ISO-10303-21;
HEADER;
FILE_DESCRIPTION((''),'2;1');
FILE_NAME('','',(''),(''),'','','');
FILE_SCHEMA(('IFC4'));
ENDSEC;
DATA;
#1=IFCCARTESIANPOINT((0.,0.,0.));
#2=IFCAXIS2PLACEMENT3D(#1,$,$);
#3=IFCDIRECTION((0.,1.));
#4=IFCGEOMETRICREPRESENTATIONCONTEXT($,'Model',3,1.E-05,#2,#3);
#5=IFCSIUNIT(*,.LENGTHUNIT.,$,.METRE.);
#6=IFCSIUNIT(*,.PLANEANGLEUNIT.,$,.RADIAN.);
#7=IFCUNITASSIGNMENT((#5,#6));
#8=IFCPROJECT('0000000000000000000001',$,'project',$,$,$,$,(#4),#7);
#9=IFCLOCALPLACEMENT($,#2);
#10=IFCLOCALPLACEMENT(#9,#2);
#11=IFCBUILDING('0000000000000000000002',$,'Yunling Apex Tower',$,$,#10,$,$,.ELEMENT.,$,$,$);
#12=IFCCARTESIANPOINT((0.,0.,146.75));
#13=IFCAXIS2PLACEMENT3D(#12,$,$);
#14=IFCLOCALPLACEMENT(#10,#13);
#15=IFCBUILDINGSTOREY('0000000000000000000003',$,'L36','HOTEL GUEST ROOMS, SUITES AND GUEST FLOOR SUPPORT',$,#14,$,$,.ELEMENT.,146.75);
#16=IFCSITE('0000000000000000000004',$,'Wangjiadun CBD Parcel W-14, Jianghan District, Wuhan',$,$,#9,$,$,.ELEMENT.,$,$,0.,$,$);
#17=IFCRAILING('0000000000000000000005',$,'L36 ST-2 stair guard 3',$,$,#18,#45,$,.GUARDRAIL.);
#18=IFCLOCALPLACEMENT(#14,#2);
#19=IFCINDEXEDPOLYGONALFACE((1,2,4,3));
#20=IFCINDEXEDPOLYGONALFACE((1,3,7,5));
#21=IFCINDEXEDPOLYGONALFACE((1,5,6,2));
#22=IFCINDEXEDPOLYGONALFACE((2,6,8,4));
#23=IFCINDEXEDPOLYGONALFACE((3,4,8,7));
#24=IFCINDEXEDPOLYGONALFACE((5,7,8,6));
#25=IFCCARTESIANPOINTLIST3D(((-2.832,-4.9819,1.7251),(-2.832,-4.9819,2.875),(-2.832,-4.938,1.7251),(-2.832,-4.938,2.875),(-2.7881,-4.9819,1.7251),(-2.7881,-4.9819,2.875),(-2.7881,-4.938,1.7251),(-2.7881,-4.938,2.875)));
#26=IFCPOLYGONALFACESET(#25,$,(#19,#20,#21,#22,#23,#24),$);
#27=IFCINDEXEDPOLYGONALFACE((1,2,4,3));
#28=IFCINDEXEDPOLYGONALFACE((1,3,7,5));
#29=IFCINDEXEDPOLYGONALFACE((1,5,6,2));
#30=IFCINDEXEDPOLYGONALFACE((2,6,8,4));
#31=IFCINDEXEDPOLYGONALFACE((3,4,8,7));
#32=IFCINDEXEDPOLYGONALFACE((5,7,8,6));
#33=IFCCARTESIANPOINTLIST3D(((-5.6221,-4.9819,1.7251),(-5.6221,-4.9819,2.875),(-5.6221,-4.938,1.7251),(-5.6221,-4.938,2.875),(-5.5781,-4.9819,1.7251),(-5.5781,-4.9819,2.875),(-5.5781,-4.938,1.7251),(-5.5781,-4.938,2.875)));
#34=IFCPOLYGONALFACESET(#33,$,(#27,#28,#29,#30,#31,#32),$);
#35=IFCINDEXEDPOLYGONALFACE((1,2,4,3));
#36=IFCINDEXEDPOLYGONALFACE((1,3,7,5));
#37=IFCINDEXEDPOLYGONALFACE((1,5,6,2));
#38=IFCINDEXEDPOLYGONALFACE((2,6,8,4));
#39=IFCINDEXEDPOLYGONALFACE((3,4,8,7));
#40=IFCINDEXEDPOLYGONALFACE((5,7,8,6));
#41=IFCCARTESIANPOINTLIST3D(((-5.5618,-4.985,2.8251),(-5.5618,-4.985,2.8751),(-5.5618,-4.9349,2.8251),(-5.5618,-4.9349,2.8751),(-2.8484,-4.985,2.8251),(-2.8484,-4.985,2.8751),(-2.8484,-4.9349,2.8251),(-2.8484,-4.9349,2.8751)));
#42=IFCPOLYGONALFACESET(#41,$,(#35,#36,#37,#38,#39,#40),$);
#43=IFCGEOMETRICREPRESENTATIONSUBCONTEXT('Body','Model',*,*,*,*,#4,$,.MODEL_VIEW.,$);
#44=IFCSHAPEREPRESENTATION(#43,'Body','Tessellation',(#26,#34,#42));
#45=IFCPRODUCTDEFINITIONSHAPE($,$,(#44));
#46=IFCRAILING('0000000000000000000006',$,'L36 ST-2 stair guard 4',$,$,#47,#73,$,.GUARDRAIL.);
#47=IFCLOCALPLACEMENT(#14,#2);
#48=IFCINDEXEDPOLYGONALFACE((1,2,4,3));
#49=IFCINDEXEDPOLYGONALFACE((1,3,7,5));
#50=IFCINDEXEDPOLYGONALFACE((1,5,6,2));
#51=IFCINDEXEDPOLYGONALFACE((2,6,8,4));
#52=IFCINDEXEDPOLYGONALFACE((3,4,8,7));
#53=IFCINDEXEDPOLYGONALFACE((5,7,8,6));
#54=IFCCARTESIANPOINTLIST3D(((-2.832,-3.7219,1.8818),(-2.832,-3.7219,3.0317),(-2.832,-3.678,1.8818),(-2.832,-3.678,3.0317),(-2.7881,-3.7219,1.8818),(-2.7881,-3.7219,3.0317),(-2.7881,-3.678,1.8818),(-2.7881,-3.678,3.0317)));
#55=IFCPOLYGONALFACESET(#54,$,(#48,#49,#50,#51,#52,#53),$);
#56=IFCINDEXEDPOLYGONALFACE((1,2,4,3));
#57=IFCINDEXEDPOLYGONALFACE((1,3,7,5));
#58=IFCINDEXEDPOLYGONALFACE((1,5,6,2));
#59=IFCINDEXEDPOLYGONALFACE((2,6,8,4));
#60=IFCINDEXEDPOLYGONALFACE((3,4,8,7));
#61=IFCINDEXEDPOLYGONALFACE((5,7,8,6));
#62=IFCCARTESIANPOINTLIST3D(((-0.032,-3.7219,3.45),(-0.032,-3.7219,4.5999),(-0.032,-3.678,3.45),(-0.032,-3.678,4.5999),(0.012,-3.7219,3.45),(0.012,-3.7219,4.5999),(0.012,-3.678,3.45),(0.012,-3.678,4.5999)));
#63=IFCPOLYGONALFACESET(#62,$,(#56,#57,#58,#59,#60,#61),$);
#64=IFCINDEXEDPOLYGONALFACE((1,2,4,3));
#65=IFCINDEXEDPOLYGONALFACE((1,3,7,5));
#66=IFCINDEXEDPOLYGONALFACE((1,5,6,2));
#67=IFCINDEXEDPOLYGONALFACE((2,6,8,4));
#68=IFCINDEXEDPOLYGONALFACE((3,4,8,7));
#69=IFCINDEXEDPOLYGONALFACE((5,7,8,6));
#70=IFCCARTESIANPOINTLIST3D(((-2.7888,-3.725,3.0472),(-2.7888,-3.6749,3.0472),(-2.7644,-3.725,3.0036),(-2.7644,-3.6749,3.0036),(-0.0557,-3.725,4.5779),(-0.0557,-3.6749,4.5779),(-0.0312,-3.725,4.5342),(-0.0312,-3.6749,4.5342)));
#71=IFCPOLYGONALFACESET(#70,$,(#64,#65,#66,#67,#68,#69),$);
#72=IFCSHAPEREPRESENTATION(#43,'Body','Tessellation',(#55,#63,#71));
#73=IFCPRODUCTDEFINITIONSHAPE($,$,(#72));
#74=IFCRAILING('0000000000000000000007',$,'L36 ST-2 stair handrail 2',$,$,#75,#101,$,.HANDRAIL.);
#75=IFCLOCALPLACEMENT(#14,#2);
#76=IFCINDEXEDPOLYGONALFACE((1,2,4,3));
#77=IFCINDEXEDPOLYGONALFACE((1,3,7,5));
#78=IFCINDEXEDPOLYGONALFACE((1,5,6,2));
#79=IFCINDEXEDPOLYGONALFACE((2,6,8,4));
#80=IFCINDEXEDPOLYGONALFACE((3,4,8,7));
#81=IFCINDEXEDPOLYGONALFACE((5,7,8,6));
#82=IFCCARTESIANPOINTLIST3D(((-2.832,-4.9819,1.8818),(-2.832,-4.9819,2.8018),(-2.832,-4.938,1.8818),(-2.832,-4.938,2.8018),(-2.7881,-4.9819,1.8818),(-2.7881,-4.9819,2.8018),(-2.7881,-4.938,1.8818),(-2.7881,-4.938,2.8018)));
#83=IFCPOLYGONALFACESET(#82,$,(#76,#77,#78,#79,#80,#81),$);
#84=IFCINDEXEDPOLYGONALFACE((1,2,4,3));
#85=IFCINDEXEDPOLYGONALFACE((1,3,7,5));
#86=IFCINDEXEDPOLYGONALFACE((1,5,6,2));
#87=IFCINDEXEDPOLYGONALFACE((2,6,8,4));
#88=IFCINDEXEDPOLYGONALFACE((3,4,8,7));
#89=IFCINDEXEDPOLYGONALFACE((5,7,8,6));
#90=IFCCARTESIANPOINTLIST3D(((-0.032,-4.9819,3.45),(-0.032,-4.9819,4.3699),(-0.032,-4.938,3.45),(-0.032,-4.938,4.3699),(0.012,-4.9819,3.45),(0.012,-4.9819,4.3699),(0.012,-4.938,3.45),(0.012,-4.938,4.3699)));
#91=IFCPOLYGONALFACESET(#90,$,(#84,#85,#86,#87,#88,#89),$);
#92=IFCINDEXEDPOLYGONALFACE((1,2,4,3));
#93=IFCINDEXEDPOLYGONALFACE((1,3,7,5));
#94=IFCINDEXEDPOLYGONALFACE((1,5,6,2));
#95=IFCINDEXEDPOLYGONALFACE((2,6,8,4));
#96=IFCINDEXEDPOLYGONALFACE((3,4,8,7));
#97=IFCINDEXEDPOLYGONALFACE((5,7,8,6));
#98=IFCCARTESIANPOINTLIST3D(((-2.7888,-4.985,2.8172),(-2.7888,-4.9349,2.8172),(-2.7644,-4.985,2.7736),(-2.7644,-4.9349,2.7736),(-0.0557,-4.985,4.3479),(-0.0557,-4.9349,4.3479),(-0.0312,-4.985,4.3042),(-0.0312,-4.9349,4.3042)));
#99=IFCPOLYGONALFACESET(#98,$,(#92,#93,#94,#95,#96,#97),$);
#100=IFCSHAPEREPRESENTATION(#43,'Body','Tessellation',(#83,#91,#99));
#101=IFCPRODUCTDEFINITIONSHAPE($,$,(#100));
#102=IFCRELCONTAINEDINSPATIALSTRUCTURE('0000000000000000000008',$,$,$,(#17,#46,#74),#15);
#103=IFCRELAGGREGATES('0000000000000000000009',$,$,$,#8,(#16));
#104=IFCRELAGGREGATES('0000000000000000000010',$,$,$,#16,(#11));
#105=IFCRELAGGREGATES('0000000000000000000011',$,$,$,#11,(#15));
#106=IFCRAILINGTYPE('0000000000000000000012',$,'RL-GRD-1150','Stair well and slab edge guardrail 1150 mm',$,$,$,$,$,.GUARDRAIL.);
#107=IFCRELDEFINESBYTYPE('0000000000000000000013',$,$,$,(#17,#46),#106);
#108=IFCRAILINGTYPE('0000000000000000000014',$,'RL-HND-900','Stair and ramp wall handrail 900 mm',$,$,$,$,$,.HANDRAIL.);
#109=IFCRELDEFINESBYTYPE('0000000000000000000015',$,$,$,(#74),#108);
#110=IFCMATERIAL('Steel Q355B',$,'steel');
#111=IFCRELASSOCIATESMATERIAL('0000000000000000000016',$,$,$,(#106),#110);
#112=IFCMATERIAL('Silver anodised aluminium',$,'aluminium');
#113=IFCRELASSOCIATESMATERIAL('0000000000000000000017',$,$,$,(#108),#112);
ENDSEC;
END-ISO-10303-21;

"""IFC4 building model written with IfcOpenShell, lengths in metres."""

from ifc_helpers import new_model, si_unit, direction, frame, origin, origin_2d, place, context, subcontext, project, spatial, rectangle, extrude, material, type_object, element, save


model = new_model("IFC4")

# Units and contexts
model_context = context("Model", 3, precision=1e-05, world=origin(), true_north=direction((0.0, 1.0)))
body_context = subcontext(model_context, "Body", "Model", "MODEL_VIEW")
ifc_project = project(units=[si_unit("LENGTHUNIT", "METRE"), si_unit("PLANEANGLEUNIT", "RADIAN")], contexts=[model_context])

# Site, building, storey
site_placement = place(None, origin())
site = spatial("IfcSite", under=ifc_project, at=site_placement, Name="Wangjiadun CBD Parcel W-14, Jianghan District, Wuhan", CompositionType="ELEMENT", RefElevation=0.0)
building_placement = place(site_placement, origin())
building = spatial("IfcBuilding", under=site, at=building_placement, Name="Yunling Apex Tower", CompositionType="ELEMENT")
storey_placement = place(building_placement, frame((0.0, 0.0, 146.75)))
storey = spatial("IfcBuildingStorey", under=building, at=storey_placement, Name="L36", Description="HOTEL GUEST ROOMS, SUITES AND GUEST FLOOR SUPPORT", CompositionType="ELEMENT", Elevation=146.75)

# Shared definitions
ifc_material_1 = material(Name="Steel Q355B", Category="steel")

# Shared definitions
ifc_material_2 = material(Name="Silver anodised aluminium", Category="aluminium")

# Railings
railing_type_1 = type_object("IfcRailingType", Name="RL-GRD-1150", Description="Stair well and slab edge guardrail 1150 mm", PredefinedType="GUARDRAIL", material=ifc_material_1)
railing_1_placement = place(storey_placement, frame((-2.8101, -4.96, 1.7251)))
element("IfcRailing", 1, at=railing_1_placement, inside=storey, type_object=railing_type_1, Name="L36 ST-2 stair guard 3", PredefinedType="GUARDRAIL", context=body_context, shape_type="SweptSolid", body=[
    extrude(rectangle(XDim=0.0439, YDim=0.0439, at=origin_2d()), origin(), (0.0, 0.0, 1.0), 1.1499),
    extrude(rectangle(XDim=0.0439, YDim=0.0439, at=origin_2d()), frame((-2.79, 0.0, 0.0)), (0.0, 0.0, 1.0), 1.1499),
    extrude(rectangle(XDim=0.05, YDim=0.05, at=origin_2d()), frame((-0.0383, 0.0, 1.125), z_axis=(-1.0, 0.0, 0.0), x_axis=(0.0, -1.0, 0.0)), (0.0, 0.0, 1.0), 2.7134),
])
railing_2_placement = place(storey_placement, frame((-2.8101, -3.7, 1.8818)))
element("IfcRailing", 2, at=railing_2_placement, inside=storey, type_object=railing_type_1, Name="L36 ST-2 stair guard 4", PredefinedType="GUARDRAIL", context=body_context, shape_type="SweptSolid", body=[
    extrude(rectangle(XDim=0.0439, YDim=0.0439, at=origin_2d()), origin(), (0.0, 0.0, 1.0), 1.1499),
    extrude(rectangle(XDim=0.0439, YDim=0.0439, at=origin_2d()), frame((2.8, 0.0, 1.5681)), (0.0, 0.0, 1.0), 1.1499),
    extrude(rectangle(XDim=0.05, YDim=0.05, at=origin_2d()), frame((0.0334, 0.0, 1.1436), z_axis=(0.872494, 0.0, 0.488624), x_axis=(0.0, 1.0, 0.0)), (0.0, 0.0, 1.0), 3.1326),
])
railing_type_2 = type_object("IfcRailingType", Name="RL-HND-900", Description="Stair and ramp wall handrail 900 mm", PredefinedType="HANDRAIL", material=ifc_material_2)
railing_3_placement = place(storey_placement, frame((-2.8101, -4.96, 1.8818)))
element("IfcRailing", 3, at=railing_3_placement, inside=storey, type_object=railing_type_2, Name="L36 ST-2 stair handrail 2", PredefinedType="HANDRAIL", context=body_context, shape_type="SweptSolid", body=[
    extrude(rectangle(XDim=0.0439, YDim=0.0439, at=origin_2d()), origin(), (0.0, 0.0, 1.0), 0.9199),
    extrude(rectangle(XDim=0.0439, YDim=0.0439, at=origin_2d()), frame((2.8, 0.0, 1.5681)), (0.0, 0.0, 1.0), 0.9199),
    extrude(rectangle(XDim=0.05, YDim=0.05, at=origin_2d()), frame((0.0334, 0.0, 0.9136), z_axis=(0.872494, 0.0, 0.488624), x_axis=(0.0, 1.0, 0.0)), (0.0, 0.0, 1.0), 3.1326),
])

save(model, "model.ifc")
